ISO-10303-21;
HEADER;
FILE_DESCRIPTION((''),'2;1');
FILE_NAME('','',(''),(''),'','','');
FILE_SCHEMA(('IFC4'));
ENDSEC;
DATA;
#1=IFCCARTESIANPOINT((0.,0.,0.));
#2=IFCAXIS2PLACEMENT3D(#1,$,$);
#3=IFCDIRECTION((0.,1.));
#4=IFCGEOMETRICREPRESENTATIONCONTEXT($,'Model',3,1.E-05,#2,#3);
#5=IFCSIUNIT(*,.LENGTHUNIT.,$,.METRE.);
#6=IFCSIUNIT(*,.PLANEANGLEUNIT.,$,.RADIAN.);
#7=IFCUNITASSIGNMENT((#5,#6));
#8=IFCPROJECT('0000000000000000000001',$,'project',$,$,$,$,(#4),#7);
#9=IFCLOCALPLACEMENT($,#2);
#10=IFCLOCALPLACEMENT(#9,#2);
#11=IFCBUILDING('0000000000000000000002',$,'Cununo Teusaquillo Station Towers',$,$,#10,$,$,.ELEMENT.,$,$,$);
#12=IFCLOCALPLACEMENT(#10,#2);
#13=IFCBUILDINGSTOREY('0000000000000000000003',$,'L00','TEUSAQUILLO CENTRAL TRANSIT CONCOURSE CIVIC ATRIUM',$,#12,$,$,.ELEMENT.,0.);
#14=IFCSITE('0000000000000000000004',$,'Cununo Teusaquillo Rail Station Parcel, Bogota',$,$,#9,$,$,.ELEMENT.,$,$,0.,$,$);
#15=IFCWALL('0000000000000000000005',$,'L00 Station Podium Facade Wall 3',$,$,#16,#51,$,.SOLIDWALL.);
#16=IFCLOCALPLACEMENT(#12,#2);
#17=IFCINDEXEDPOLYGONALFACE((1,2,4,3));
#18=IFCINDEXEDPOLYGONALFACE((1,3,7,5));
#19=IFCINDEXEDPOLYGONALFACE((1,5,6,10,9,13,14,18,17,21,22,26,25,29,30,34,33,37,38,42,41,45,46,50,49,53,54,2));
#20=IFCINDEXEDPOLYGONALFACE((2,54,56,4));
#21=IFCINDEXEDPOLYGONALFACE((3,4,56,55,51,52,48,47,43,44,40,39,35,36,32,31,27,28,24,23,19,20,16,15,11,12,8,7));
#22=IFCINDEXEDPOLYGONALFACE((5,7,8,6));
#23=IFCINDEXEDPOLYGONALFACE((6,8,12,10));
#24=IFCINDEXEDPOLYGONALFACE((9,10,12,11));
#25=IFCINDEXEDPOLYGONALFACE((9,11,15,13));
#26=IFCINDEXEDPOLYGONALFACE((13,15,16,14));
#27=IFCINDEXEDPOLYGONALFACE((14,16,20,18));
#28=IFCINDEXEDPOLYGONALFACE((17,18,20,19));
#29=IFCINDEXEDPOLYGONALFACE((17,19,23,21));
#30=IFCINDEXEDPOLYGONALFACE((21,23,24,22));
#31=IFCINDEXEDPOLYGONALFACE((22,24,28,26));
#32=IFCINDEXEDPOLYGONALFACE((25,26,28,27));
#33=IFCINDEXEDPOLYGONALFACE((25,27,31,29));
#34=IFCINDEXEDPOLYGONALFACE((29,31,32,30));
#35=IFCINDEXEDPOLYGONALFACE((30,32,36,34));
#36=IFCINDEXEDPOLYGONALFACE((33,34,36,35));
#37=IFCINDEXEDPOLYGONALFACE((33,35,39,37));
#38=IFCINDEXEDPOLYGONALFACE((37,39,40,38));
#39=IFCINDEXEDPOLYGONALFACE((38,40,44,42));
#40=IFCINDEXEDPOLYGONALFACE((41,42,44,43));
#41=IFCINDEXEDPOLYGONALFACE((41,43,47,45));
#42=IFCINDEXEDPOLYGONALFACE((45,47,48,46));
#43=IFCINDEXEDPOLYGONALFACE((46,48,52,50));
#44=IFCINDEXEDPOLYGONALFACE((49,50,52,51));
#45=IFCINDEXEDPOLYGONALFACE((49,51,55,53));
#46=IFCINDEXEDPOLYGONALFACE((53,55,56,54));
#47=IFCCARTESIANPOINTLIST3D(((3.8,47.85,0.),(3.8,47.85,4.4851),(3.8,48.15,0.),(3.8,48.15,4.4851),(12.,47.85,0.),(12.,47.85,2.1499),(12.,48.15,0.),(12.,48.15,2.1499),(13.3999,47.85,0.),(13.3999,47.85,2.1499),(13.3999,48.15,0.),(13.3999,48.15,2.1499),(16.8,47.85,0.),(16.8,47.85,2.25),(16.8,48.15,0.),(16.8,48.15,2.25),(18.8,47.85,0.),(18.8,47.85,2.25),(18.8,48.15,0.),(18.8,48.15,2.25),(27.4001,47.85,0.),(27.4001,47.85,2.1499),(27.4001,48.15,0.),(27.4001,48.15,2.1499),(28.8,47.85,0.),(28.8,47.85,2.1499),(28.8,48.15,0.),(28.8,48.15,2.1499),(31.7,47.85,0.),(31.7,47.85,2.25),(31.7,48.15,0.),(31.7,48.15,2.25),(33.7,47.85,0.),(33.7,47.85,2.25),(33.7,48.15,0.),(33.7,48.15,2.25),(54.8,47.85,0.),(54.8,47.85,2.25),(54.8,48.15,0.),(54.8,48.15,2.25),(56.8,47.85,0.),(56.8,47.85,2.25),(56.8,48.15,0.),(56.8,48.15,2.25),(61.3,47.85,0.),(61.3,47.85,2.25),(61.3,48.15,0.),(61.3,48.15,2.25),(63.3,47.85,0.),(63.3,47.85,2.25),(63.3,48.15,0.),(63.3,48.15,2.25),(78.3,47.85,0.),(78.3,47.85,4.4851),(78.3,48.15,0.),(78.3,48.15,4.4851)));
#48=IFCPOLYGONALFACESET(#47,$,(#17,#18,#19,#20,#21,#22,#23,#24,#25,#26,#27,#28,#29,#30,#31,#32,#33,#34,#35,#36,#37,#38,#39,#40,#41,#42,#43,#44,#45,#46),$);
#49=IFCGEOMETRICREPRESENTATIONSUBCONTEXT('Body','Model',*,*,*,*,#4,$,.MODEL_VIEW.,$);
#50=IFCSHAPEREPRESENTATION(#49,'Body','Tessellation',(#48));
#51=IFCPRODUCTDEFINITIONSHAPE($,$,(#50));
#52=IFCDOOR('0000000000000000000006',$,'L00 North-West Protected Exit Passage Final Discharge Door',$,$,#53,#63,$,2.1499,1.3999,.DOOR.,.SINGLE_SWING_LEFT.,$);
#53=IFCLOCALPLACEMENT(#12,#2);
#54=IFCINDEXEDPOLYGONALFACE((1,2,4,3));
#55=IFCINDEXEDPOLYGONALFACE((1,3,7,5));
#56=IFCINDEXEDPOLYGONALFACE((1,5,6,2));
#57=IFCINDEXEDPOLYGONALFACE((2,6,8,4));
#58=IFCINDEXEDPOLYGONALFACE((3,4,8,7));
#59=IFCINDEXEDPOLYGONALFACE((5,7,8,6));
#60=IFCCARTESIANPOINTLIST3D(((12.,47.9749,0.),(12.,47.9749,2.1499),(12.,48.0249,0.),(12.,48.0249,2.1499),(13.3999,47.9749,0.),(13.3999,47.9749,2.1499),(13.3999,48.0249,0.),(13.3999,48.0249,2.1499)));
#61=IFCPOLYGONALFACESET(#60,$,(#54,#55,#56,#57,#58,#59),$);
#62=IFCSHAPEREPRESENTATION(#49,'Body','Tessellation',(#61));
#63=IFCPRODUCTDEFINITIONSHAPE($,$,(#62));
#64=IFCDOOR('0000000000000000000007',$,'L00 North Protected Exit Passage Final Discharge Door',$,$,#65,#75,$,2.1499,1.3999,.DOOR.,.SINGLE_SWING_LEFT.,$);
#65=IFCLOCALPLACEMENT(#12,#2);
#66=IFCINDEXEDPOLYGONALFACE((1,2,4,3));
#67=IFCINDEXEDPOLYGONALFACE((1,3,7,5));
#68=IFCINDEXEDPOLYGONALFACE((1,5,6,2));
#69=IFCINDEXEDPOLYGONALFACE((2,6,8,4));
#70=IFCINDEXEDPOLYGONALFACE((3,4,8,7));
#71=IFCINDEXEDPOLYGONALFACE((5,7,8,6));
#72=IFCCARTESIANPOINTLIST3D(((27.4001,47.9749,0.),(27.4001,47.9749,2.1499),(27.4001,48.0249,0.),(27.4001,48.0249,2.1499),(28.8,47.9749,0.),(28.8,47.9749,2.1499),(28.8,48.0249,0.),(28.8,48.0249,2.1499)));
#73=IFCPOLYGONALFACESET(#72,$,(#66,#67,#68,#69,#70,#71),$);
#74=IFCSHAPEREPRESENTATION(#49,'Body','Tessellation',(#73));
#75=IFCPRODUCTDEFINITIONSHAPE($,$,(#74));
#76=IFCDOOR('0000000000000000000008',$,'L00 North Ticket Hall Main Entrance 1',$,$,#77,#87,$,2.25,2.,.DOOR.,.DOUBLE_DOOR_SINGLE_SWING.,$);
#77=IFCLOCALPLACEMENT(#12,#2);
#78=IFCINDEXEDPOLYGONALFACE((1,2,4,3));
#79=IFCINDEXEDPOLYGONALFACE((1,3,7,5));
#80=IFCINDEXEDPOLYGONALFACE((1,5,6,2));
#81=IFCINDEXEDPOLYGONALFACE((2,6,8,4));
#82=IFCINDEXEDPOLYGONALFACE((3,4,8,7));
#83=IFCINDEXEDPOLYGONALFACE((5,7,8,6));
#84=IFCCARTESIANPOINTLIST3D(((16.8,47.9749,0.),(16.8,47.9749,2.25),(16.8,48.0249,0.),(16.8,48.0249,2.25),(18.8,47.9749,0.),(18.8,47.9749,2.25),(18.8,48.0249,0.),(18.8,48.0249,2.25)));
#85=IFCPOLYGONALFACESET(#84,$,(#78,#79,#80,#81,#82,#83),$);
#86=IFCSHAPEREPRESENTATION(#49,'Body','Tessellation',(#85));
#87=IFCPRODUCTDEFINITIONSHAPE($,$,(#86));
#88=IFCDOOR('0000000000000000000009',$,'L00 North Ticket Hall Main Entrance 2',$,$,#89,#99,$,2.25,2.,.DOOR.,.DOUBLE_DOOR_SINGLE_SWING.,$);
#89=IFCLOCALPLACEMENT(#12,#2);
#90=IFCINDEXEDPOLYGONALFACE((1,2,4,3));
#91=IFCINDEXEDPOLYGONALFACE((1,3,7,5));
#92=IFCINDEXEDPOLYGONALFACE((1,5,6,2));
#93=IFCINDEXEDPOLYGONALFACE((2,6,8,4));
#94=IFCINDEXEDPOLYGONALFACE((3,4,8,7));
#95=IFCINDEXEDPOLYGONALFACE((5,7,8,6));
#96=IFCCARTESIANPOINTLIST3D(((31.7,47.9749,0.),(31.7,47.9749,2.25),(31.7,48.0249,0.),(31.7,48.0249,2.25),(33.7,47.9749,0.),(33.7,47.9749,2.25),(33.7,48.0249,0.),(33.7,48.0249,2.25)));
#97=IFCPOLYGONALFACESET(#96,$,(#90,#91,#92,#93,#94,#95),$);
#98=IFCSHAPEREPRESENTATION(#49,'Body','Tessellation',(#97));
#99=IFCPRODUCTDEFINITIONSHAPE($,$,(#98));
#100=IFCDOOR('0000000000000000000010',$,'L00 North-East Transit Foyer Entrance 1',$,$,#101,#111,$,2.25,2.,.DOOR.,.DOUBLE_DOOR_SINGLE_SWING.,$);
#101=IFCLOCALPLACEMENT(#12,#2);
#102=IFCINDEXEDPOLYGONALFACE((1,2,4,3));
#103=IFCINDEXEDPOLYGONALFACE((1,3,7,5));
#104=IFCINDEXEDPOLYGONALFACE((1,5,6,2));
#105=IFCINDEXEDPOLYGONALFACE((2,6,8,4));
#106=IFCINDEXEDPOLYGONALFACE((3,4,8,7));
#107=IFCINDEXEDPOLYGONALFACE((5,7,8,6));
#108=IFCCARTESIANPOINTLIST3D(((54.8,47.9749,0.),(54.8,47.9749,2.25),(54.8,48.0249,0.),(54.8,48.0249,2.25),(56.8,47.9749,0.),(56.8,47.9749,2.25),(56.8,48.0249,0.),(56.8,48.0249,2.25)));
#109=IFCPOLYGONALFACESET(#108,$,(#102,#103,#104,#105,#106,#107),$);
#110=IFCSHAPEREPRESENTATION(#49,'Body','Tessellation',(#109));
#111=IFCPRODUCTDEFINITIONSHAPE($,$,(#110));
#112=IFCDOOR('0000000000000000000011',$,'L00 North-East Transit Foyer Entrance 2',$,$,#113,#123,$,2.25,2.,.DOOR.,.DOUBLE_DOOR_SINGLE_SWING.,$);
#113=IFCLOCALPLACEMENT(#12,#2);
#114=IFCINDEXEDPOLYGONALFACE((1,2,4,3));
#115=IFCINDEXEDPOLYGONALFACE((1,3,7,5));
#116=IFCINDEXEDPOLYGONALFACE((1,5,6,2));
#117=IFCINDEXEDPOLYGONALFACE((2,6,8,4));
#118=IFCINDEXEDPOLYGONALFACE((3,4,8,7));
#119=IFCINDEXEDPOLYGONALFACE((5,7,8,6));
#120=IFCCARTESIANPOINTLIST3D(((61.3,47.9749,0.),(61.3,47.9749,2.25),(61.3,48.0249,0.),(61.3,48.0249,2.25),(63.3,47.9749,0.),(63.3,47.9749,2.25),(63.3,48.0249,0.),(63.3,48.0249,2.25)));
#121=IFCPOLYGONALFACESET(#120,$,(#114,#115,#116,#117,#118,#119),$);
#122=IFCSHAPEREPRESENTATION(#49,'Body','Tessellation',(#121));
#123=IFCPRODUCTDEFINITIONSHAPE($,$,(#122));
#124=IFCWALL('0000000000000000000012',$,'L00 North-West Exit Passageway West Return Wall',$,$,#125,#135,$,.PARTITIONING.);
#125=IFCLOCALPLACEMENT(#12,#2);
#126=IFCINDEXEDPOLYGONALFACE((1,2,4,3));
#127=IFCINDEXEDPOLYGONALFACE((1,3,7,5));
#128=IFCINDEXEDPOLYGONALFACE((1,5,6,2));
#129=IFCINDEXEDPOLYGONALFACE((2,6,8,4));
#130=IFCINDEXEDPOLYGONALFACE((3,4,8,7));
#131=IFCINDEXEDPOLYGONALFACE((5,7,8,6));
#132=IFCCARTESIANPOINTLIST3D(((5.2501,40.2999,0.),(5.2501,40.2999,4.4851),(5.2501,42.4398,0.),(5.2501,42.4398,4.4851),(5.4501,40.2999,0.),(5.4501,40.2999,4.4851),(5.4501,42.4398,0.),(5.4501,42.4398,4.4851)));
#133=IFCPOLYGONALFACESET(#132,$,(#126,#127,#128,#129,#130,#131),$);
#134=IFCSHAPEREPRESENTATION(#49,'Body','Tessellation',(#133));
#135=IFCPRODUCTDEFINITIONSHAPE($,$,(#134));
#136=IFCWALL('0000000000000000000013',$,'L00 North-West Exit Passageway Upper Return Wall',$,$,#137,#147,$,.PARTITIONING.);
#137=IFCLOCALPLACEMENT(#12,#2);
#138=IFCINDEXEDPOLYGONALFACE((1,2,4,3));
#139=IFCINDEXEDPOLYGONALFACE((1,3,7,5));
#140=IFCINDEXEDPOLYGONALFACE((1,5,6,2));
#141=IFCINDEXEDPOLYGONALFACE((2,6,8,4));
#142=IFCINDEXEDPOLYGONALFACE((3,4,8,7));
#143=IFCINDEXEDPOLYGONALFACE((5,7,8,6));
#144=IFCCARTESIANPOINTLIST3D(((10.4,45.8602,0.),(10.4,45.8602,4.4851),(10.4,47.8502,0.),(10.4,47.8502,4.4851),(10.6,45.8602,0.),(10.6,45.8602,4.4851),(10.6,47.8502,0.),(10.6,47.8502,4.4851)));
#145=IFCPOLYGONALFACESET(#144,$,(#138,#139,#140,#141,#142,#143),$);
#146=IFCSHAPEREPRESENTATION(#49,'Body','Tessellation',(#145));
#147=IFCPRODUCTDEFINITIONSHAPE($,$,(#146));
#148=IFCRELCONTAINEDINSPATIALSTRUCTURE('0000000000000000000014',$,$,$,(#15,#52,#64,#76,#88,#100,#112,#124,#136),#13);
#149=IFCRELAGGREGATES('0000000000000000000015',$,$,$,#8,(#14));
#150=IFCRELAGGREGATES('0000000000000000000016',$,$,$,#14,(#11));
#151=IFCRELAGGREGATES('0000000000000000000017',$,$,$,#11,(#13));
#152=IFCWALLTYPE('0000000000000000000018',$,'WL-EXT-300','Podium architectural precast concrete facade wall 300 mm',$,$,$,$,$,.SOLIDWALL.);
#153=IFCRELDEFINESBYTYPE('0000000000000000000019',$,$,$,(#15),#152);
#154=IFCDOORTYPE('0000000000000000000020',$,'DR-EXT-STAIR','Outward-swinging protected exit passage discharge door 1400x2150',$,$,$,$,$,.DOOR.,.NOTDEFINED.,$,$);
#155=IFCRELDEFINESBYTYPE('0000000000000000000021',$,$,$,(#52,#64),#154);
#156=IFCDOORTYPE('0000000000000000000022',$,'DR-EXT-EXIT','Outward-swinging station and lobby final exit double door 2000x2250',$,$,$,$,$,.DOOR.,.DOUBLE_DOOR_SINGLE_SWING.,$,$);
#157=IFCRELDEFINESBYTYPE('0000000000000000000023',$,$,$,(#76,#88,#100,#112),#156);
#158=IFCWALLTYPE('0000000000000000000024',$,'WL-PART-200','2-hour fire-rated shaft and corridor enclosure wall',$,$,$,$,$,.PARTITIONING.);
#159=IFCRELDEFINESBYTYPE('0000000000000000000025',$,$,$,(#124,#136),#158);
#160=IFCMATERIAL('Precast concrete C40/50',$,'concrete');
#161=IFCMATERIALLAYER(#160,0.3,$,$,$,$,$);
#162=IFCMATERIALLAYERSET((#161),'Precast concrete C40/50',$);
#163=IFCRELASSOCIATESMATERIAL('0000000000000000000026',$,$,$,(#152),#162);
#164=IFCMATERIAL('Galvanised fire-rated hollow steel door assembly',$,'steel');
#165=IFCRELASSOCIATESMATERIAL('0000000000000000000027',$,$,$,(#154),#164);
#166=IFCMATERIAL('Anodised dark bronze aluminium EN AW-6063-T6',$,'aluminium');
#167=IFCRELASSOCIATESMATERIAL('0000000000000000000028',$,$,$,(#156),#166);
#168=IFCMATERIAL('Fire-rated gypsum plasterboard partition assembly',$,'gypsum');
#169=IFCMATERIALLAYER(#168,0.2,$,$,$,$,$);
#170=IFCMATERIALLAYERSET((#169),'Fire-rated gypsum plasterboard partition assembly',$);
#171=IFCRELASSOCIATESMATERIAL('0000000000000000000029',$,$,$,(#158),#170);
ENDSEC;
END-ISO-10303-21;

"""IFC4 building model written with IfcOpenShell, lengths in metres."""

from ifc_helpers import new_model, si_unit, direction, frame, frame_2d, origin, place, context, subcontext, project, spatial, rectangle, extrude, source, transform, mapped, material, layer, layer_set, type_object, element, fill, save


model = new_model("IFC4")

# Units and contexts
model_context = context("Model", 3, precision=1e-05, world=origin(), true_north=direction((0.0, 1.0)))
body_context = subcontext(model_context, "Body", "Model", "MODEL_VIEW")
ifc_project = project(units=[si_unit("LENGTHUNIT", "METRE"), si_unit("PLANEANGLEUNIT", "RADIAN")], contexts=[model_context])

# Site, building, storey
site_placement = place(None, origin())
site = spatial("IfcSite", under=ifc_project, at=site_placement, Name="Cununo Teusaquillo Rail Station Parcel, Bogota", CompositionType="ELEMENT", RefElevation=0.0)
building_placement = place(site_placement, origin())
building = spatial("IfcBuilding", under=site, at=building_placement, Name="Cununo Teusaquillo Station Towers", CompositionType="ELEMENT")
storey_placement = place(building_placement, origin())
storey = spatial("IfcBuildingStorey", under=building, at=storey_placement, Name="L00", Description="TEUSAQUILLO CENTRAL TRANSIT CONCOURSE CIVIC ATRIUM", CompositionType="ELEMENT", Elevation=0.0)

# Shared definitions
ifc_material_1 = material(Name="Precast concrete C40/50", Category="concrete")
ifc_layer_1 = layer(ifc_material_1, 0.3)
ifc_layer_set_1 = layer_set([ifc_layer_1], Name="Precast concrete C40/50")
wall_type_1 = type_object("IfcWallType", Name="WL-EXT-300", Description="Podium architectural precast concrete facade wall 300 mm", PredefinedType="SOLIDWALL", material=ifc_layer_set_1)

# Wall, openings, doors
wall_1_placement = place(storey_placement, frame((3.8, 48.0, 0.0), z_axis=(0.0, 0.0, 1.0), x_axis=(1.0, 0.0, 0.0)))
wall_1 = element("IfcWall", 1, at=wall_1_placement, inside=storey, type_object=wall_type_1, Name="L00 Station Podium Facade Wall 3", PredefinedType="SOLIDWALL", context=body_context, shape_type="SweptSolid", body=[
    extrude(rectangle(XDim=74.5, YDim=0.3, at=frame_2d((37.25, 0.0))), origin(), (0.0, 0.0, 1.0), 4.4851),
])
shared_shape_1 = source(origin(), body_context, "Body", "SweptSolid", [
    extrude(rectangle(XDim=1.3999, YDim=2.1499, at=frame_2d((0.7, 1.075))), frame((0.0, 0.1599, 0.0), z_axis=(0.0, -1.0, 0.0), x_axis=(1.0, 0.0, 0.0)), (0.0, 0.0, 1.0), 0.3201),
])
opening_1_placement = place(wall_1_placement, frame((8.2, 0.0, 0.0)))
opening_1 = element("IfcOpeningElement", 2, at=opening_1_placement, cuts=wall_1, PredefinedType="OPENING", context=body_context, shape_type="MappedRepresentation", body=[
    mapped(shared_shape_1, transform((0.0, 0.0, 0.0), x_axis=(1.0, 0.0, 0.0), y_axis=(0.0, 1.0, 0.0), z_axis=(0.0, 0.0, 1.0), scale=1.0)),
])
shared_shape_2 = source(origin(), body_context, "Body", "SweptSolid", [
    extrude(rectangle(XDim=2.0, YDim=2.25, at=frame_2d((1.0, 1.125))), frame((0.0, 0.1599, 0.0), z_axis=(0.0, -1.0, 0.0), x_axis=(1.0, 0.0, 0.0)), (0.0, 0.0, 1.0), 0.3201),
])
opening_2_placement = place(wall_1_placement, frame((13.0, 0.0, 0.0)))
opening_2 = element("IfcOpeningElement", 3, at=opening_2_placement, cuts=wall_1, PredefinedType="OPENING", context=body_context, shape_type="MappedRepresentation", body=[
    mapped(shared_shape_2, transform((0.0, 0.0, 0.0), x_axis=(1.0, 0.0, 0.0), y_axis=(0.0, 1.0, 0.0), z_axis=(0.0, 0.0, 1.0), scale=1.0)),
])
opening_3_placement = place(wall_1_placement, frame((23.6001, 0.0, 0.0)))
opening_3 = element("IfcOpeningElement", 4, at=opening_3_placement, cuts=wall_1, PredefinedType="OPENING", context=body_context, shape_type="MappedRepresentation", body=[
    mapped(shared_shape_1, transform((0.0, 0.0, 0.0), x_axis=(1.0, 0.0, 0.0), y_axis=(0.0, 1.0, 0.0), z_axis=(0.0, 0.0, 1.0), scale=1.0)),
])
opening_4_placement = place(wall_1_placement, frame((27.8999, 0.0, 0.0)))
opening_4 = element("IfcOpeningElement", 5, at=opening_4_placement, cuts=wall_1, PredefinedType="OPENING", context=body_context, shape_type="MappedRepresentation", body=[
    mapped(shared_shape_2, transform((0.0, 0.0, 0.0), x_axis=(1.0, 0.0, 0.0), y_axis=(0.0, 1.0, 0.0), z_axis=(0.0, 0.0, 1.0), scale=1.0)),
])
opening_5_placement = place(wall_1_placement, frame((51.0, 0.0, 0.0)))
opening_5 = element("IfcOpeningElement", 6, at=opening_5_placement, cuts=wall_1, PredefinedType="OPENING", context=body_context, shape_type="MappedRepresentation", body=[
    mapped(shared_shape_2, transform((0.0, 0.0, 0.0), x_axis=(1.0, 0.0, 0.0), y_axis=(0.0, 1.0, 0.0), z_axis=(0.0, 0.0, 1.0), scale=1.0)),
])
opening_6_placement = place(wall_1_placement, frame((57.5, 0.0, 0.0)))
opening_6 = element("IfcOpeningElement", 7, at=opening_6_placement, cuts=wall_1, PredefinedType="OPENING", context=body_context, shape_type="MappedRepresentation", body=[
    mapped(shared_shape_2, transform((0.0, 0.0, 0.0), x_axis=(1.0, 0.0, 0.0), y_axis=(0.0, 1.0, 0.0), z_axis=(0.0, 0.0, 1.0), scale=1.0)),
])
ifc_material_2 = material(Name="Galvanised fire-rated hollow steel door assembly", Category="steel")
door_type_1 = type_object("IfcDoorType", Name="DR-EXT-STAIR", Description="Outward-swinging protected exit passage discharge door 1400x2150", OperationType="NOTDEFINED", PredefinedType="DOOR", material=ifc_material_2)
shared_shape_3 = source(origin(), body_context, "Body", "SweptSolid", [
    extrude(rectangle(XDim=1.3999, YDim=2.1499, at=frame_2d((0.7, 1.075))), frame((0.0, 0.0249, 0.0), z_axis=(0.0, -1.0, 0.0), x_axis=(1.0, 0.0, 0.0)), (0.0, 0.0, 1.0), 0.05),
])
door_1_placement = place(opening_1_placement, origin())
door_1 = element("IfcDoor", 8, at=door_1_placement, inside=storey, type_object=door_type_1, Name="L00 North-West Protected Exit Passage Final Discharge Door", OperationType="SINGLE_SWING_LEFT", OverallHeight=2.1499, OverallWidth=1.3999, PredefinedType="DOOR", context=body_context, shape_type="MappedRepresentation", body=[
    mapped(shared_shape_3, transform((0.0, 0.0, 0.0), x_axis=(1.0, 0.0, 0.0), y_axis=(0.0, 1.0, 0.0), z_axis=(0.0, 0.0, 1.0), scale=1.0)),
])
fill(opening_1, door_1)
door_2_placement = place(opening_3_placement, origin())
door_2 = element("IfcDoor", 9, at=door_2_placement, inside=storey, type_object=door_type_1, Name="L00 North Protected Exit Passage Final Discharge Door", OperationType="SINGLE_SWING_LEFT", OverallHeight=2.1499, OverallWidth=1.3999, PredefinedType="DOOR", context=body_context, shape_type="MappedRepresentation", body=[
    mapped(shared_shape_3, transform((0.0, 0.0, 0.0), x_axis=(1.0, 0.0, 0.0), y_axis=(0.0, 1.0, 0.0), z_axis=(0.0, 0.0, 1.0), scale=1.0)),
])
fill(opening_3, door_2)
ifc_material_3 = material(Name="Anodised dark bronze aluminium EN AW-6063-T6", Category="aluminium")
door_type_2 = type_object("IfcDoorType", Name="DR-EXT-EXIT", Description="Outward-swinging station and lobby final exit double door 2000x2250", OperationType="DOUBLE_DOOR_SINGLE_SWING", PredefinedType="DOOR", material=ifc_material_3)
shared_shape_4 = source(origin(), body_context, "Body", "SweptSolid", [
    extrude(rectangle(XDim=2.0, YDim=2.25, at=frame_2d((1.0, 1.125))), frame((0.0, 0.0249, 0.0), z_axis=(0.0, -1.0, 0.0), x_axis=(1.0, 0.0, 0.0)), (0.0, 0.0, 1.0), 0.05),
])
door_3_placement = place(opening_2_placement, origin())
door_3 = element("IfcDoor", 10, at=door_3_placement, inside=storey, type_object=door_type_2, Name="L00 North Ticket Hall Main Entrance 1", OperationType="DOUBLE_DOOR_SINGLE_SWING", OverallHeight=2.25, OverallWidth=2.0, PredefinedType="DOOR", context=body_context, shape_type="MappedRepresentation", body=[
    mapped(shared_shape_4, transform((0.0, 0.0, 0.0), x_axis=(1.0, 0.0, 0.0), y_axis=(0.0, 1.0, 0.0), z_axis=(0.0, 0.0, 1.0), scale=1.0)),
])
fill(opening_2, door_3)
door_4_placement = place(opening_4_placement, origin())
door_4 = element("IfcDoor", 11, at=door_4_placement, inside=storey, type_object=door_type_2, Name="L00 North Ticket Hall Main Entrance 2", OperationType="DOUBLE_DOOR_SINGLE_SWING", OverallHeight=2.25, OverallWidth=2.0, PredefinedType="DOOR", context=body_context, shape_type="MappedRepresentation", body=[
    mapped(shared_shape_4, transform((0.0, 0.0, 0.0), x_axis=(1.0, 0.0, 0.0), y_axis=(0.0, 1.0, 0.0), z_axis=(0.0, 0.0, 1.0), scale=1.0)),
])
fill(opening_4, door_4)
door_5_placement = place(opening_5_placement, origin())
door_5 = element("IfcDoor", 12, at=door_5_placement, inside=storey, type_object=door_type_2, Name="L00 North-East Transit Foyer Entrance 1", OperationType="DOUBLE_DOOR_SINGLE_SWING", OverallHeight=2.25, OverallWidth=2.0, PredefinedType="DOOR", context=body_context, shape_type="MappedRepresentation", body=[
    mapped(shared_shape_4, transform((0.0, 0.0, 0.0), x_axis=(1.0, 0.0, 0.0), y_axis=(0.0, 1.0, 0.0), z_axis=(0.0, 0.0, 1.0), scale=1.0)),
])
fill(opening_5, door_5)
door_6_placement = place(opening_6_placement, origin())
door_6 = element("IfcDoor", 13, at=door_6_placement, inside=storey, type_object=door_type_2, Name="L00 North-East Transit Foyer Entrance 2", OperationType="DOUBLE_DOOR_SINGLE_SWING", OverallHeight=2.25, OverallWidth=2.0, PredefinedType="DOOR", context=body_context, shape_type="MappedRepresentation", body=[
    mapped(shared_shape_4, transform((0.0, 0.0, 0.0), x_axis=(1.0, 0.0, 0.0), y_axis=(0.0, 1.0, 0.0), z_axis=(0.0, 0.0, 1.0), scale=1.0)),
])
fill(opening_6, door_6)

# Walls
ifc_material_4 = material(Name="Fire-rated gypsum plasterboard partition assembly", Category="gypsum")
ifc_layer_2 = layer(ifc_material_4, 0.2)
ifc_layer_set_2 = layer_set([ifc_layer_2], Name="Fire-rated gypsum plasterboard partition assembly")
wall_type_2 = type_object("IfcWallType", Name="WL-PART-200", Description="2-hour fire-rated shaft and corridor enclosure wall", PredefinedType="PARTITIONING", material=ifc_layer_set_2)
wall_2_placement = place(storey_placement, frame((5.3501, 40.3, 0.0), z_axis=(0.0, 0.0, 1.0), x_axis=(0.0, 1.0, 0.0)))
element("IfcWall", 14, at=wall_2_placement, inside=storey, type_object=wall_type_2, Name="L00 North-West Exit Passageway West Return Wall", PredefinedType="PARTITIONING", context=body_context, shape_type="SweptSolid", body=[
    extrude(rectangle(XDim=2.1399, YDim=0.2, at=frame_2d((1.0698, 0.0))), origin(), (0.0, 0.0, 1.0), 4.4851),
])
wall_3_placement = place(storey_placement, frame((10.5, 45.8601, 0.0), z_axis=(0.0, 0.0, 1.0), x_axis=(0.0, 1.0, 0.0)))
element("IfcWall", 15, at=wall_3_placement, inside=storey, type_object=wall_type_2, Name="L00 North-West Exit Passageway Upper Return Wall", PredefinedType="PARTITIONING", context=body_context, shape_type="SweptSolid", body=[
    extrude(rectangle(XDim=1.99, YDim=0.2, at=frame_2d((0.9951, 0.0))), origin(), (0.0, 0.0, 1.0), 4.4851),
])

save(model, "model.ifc")
